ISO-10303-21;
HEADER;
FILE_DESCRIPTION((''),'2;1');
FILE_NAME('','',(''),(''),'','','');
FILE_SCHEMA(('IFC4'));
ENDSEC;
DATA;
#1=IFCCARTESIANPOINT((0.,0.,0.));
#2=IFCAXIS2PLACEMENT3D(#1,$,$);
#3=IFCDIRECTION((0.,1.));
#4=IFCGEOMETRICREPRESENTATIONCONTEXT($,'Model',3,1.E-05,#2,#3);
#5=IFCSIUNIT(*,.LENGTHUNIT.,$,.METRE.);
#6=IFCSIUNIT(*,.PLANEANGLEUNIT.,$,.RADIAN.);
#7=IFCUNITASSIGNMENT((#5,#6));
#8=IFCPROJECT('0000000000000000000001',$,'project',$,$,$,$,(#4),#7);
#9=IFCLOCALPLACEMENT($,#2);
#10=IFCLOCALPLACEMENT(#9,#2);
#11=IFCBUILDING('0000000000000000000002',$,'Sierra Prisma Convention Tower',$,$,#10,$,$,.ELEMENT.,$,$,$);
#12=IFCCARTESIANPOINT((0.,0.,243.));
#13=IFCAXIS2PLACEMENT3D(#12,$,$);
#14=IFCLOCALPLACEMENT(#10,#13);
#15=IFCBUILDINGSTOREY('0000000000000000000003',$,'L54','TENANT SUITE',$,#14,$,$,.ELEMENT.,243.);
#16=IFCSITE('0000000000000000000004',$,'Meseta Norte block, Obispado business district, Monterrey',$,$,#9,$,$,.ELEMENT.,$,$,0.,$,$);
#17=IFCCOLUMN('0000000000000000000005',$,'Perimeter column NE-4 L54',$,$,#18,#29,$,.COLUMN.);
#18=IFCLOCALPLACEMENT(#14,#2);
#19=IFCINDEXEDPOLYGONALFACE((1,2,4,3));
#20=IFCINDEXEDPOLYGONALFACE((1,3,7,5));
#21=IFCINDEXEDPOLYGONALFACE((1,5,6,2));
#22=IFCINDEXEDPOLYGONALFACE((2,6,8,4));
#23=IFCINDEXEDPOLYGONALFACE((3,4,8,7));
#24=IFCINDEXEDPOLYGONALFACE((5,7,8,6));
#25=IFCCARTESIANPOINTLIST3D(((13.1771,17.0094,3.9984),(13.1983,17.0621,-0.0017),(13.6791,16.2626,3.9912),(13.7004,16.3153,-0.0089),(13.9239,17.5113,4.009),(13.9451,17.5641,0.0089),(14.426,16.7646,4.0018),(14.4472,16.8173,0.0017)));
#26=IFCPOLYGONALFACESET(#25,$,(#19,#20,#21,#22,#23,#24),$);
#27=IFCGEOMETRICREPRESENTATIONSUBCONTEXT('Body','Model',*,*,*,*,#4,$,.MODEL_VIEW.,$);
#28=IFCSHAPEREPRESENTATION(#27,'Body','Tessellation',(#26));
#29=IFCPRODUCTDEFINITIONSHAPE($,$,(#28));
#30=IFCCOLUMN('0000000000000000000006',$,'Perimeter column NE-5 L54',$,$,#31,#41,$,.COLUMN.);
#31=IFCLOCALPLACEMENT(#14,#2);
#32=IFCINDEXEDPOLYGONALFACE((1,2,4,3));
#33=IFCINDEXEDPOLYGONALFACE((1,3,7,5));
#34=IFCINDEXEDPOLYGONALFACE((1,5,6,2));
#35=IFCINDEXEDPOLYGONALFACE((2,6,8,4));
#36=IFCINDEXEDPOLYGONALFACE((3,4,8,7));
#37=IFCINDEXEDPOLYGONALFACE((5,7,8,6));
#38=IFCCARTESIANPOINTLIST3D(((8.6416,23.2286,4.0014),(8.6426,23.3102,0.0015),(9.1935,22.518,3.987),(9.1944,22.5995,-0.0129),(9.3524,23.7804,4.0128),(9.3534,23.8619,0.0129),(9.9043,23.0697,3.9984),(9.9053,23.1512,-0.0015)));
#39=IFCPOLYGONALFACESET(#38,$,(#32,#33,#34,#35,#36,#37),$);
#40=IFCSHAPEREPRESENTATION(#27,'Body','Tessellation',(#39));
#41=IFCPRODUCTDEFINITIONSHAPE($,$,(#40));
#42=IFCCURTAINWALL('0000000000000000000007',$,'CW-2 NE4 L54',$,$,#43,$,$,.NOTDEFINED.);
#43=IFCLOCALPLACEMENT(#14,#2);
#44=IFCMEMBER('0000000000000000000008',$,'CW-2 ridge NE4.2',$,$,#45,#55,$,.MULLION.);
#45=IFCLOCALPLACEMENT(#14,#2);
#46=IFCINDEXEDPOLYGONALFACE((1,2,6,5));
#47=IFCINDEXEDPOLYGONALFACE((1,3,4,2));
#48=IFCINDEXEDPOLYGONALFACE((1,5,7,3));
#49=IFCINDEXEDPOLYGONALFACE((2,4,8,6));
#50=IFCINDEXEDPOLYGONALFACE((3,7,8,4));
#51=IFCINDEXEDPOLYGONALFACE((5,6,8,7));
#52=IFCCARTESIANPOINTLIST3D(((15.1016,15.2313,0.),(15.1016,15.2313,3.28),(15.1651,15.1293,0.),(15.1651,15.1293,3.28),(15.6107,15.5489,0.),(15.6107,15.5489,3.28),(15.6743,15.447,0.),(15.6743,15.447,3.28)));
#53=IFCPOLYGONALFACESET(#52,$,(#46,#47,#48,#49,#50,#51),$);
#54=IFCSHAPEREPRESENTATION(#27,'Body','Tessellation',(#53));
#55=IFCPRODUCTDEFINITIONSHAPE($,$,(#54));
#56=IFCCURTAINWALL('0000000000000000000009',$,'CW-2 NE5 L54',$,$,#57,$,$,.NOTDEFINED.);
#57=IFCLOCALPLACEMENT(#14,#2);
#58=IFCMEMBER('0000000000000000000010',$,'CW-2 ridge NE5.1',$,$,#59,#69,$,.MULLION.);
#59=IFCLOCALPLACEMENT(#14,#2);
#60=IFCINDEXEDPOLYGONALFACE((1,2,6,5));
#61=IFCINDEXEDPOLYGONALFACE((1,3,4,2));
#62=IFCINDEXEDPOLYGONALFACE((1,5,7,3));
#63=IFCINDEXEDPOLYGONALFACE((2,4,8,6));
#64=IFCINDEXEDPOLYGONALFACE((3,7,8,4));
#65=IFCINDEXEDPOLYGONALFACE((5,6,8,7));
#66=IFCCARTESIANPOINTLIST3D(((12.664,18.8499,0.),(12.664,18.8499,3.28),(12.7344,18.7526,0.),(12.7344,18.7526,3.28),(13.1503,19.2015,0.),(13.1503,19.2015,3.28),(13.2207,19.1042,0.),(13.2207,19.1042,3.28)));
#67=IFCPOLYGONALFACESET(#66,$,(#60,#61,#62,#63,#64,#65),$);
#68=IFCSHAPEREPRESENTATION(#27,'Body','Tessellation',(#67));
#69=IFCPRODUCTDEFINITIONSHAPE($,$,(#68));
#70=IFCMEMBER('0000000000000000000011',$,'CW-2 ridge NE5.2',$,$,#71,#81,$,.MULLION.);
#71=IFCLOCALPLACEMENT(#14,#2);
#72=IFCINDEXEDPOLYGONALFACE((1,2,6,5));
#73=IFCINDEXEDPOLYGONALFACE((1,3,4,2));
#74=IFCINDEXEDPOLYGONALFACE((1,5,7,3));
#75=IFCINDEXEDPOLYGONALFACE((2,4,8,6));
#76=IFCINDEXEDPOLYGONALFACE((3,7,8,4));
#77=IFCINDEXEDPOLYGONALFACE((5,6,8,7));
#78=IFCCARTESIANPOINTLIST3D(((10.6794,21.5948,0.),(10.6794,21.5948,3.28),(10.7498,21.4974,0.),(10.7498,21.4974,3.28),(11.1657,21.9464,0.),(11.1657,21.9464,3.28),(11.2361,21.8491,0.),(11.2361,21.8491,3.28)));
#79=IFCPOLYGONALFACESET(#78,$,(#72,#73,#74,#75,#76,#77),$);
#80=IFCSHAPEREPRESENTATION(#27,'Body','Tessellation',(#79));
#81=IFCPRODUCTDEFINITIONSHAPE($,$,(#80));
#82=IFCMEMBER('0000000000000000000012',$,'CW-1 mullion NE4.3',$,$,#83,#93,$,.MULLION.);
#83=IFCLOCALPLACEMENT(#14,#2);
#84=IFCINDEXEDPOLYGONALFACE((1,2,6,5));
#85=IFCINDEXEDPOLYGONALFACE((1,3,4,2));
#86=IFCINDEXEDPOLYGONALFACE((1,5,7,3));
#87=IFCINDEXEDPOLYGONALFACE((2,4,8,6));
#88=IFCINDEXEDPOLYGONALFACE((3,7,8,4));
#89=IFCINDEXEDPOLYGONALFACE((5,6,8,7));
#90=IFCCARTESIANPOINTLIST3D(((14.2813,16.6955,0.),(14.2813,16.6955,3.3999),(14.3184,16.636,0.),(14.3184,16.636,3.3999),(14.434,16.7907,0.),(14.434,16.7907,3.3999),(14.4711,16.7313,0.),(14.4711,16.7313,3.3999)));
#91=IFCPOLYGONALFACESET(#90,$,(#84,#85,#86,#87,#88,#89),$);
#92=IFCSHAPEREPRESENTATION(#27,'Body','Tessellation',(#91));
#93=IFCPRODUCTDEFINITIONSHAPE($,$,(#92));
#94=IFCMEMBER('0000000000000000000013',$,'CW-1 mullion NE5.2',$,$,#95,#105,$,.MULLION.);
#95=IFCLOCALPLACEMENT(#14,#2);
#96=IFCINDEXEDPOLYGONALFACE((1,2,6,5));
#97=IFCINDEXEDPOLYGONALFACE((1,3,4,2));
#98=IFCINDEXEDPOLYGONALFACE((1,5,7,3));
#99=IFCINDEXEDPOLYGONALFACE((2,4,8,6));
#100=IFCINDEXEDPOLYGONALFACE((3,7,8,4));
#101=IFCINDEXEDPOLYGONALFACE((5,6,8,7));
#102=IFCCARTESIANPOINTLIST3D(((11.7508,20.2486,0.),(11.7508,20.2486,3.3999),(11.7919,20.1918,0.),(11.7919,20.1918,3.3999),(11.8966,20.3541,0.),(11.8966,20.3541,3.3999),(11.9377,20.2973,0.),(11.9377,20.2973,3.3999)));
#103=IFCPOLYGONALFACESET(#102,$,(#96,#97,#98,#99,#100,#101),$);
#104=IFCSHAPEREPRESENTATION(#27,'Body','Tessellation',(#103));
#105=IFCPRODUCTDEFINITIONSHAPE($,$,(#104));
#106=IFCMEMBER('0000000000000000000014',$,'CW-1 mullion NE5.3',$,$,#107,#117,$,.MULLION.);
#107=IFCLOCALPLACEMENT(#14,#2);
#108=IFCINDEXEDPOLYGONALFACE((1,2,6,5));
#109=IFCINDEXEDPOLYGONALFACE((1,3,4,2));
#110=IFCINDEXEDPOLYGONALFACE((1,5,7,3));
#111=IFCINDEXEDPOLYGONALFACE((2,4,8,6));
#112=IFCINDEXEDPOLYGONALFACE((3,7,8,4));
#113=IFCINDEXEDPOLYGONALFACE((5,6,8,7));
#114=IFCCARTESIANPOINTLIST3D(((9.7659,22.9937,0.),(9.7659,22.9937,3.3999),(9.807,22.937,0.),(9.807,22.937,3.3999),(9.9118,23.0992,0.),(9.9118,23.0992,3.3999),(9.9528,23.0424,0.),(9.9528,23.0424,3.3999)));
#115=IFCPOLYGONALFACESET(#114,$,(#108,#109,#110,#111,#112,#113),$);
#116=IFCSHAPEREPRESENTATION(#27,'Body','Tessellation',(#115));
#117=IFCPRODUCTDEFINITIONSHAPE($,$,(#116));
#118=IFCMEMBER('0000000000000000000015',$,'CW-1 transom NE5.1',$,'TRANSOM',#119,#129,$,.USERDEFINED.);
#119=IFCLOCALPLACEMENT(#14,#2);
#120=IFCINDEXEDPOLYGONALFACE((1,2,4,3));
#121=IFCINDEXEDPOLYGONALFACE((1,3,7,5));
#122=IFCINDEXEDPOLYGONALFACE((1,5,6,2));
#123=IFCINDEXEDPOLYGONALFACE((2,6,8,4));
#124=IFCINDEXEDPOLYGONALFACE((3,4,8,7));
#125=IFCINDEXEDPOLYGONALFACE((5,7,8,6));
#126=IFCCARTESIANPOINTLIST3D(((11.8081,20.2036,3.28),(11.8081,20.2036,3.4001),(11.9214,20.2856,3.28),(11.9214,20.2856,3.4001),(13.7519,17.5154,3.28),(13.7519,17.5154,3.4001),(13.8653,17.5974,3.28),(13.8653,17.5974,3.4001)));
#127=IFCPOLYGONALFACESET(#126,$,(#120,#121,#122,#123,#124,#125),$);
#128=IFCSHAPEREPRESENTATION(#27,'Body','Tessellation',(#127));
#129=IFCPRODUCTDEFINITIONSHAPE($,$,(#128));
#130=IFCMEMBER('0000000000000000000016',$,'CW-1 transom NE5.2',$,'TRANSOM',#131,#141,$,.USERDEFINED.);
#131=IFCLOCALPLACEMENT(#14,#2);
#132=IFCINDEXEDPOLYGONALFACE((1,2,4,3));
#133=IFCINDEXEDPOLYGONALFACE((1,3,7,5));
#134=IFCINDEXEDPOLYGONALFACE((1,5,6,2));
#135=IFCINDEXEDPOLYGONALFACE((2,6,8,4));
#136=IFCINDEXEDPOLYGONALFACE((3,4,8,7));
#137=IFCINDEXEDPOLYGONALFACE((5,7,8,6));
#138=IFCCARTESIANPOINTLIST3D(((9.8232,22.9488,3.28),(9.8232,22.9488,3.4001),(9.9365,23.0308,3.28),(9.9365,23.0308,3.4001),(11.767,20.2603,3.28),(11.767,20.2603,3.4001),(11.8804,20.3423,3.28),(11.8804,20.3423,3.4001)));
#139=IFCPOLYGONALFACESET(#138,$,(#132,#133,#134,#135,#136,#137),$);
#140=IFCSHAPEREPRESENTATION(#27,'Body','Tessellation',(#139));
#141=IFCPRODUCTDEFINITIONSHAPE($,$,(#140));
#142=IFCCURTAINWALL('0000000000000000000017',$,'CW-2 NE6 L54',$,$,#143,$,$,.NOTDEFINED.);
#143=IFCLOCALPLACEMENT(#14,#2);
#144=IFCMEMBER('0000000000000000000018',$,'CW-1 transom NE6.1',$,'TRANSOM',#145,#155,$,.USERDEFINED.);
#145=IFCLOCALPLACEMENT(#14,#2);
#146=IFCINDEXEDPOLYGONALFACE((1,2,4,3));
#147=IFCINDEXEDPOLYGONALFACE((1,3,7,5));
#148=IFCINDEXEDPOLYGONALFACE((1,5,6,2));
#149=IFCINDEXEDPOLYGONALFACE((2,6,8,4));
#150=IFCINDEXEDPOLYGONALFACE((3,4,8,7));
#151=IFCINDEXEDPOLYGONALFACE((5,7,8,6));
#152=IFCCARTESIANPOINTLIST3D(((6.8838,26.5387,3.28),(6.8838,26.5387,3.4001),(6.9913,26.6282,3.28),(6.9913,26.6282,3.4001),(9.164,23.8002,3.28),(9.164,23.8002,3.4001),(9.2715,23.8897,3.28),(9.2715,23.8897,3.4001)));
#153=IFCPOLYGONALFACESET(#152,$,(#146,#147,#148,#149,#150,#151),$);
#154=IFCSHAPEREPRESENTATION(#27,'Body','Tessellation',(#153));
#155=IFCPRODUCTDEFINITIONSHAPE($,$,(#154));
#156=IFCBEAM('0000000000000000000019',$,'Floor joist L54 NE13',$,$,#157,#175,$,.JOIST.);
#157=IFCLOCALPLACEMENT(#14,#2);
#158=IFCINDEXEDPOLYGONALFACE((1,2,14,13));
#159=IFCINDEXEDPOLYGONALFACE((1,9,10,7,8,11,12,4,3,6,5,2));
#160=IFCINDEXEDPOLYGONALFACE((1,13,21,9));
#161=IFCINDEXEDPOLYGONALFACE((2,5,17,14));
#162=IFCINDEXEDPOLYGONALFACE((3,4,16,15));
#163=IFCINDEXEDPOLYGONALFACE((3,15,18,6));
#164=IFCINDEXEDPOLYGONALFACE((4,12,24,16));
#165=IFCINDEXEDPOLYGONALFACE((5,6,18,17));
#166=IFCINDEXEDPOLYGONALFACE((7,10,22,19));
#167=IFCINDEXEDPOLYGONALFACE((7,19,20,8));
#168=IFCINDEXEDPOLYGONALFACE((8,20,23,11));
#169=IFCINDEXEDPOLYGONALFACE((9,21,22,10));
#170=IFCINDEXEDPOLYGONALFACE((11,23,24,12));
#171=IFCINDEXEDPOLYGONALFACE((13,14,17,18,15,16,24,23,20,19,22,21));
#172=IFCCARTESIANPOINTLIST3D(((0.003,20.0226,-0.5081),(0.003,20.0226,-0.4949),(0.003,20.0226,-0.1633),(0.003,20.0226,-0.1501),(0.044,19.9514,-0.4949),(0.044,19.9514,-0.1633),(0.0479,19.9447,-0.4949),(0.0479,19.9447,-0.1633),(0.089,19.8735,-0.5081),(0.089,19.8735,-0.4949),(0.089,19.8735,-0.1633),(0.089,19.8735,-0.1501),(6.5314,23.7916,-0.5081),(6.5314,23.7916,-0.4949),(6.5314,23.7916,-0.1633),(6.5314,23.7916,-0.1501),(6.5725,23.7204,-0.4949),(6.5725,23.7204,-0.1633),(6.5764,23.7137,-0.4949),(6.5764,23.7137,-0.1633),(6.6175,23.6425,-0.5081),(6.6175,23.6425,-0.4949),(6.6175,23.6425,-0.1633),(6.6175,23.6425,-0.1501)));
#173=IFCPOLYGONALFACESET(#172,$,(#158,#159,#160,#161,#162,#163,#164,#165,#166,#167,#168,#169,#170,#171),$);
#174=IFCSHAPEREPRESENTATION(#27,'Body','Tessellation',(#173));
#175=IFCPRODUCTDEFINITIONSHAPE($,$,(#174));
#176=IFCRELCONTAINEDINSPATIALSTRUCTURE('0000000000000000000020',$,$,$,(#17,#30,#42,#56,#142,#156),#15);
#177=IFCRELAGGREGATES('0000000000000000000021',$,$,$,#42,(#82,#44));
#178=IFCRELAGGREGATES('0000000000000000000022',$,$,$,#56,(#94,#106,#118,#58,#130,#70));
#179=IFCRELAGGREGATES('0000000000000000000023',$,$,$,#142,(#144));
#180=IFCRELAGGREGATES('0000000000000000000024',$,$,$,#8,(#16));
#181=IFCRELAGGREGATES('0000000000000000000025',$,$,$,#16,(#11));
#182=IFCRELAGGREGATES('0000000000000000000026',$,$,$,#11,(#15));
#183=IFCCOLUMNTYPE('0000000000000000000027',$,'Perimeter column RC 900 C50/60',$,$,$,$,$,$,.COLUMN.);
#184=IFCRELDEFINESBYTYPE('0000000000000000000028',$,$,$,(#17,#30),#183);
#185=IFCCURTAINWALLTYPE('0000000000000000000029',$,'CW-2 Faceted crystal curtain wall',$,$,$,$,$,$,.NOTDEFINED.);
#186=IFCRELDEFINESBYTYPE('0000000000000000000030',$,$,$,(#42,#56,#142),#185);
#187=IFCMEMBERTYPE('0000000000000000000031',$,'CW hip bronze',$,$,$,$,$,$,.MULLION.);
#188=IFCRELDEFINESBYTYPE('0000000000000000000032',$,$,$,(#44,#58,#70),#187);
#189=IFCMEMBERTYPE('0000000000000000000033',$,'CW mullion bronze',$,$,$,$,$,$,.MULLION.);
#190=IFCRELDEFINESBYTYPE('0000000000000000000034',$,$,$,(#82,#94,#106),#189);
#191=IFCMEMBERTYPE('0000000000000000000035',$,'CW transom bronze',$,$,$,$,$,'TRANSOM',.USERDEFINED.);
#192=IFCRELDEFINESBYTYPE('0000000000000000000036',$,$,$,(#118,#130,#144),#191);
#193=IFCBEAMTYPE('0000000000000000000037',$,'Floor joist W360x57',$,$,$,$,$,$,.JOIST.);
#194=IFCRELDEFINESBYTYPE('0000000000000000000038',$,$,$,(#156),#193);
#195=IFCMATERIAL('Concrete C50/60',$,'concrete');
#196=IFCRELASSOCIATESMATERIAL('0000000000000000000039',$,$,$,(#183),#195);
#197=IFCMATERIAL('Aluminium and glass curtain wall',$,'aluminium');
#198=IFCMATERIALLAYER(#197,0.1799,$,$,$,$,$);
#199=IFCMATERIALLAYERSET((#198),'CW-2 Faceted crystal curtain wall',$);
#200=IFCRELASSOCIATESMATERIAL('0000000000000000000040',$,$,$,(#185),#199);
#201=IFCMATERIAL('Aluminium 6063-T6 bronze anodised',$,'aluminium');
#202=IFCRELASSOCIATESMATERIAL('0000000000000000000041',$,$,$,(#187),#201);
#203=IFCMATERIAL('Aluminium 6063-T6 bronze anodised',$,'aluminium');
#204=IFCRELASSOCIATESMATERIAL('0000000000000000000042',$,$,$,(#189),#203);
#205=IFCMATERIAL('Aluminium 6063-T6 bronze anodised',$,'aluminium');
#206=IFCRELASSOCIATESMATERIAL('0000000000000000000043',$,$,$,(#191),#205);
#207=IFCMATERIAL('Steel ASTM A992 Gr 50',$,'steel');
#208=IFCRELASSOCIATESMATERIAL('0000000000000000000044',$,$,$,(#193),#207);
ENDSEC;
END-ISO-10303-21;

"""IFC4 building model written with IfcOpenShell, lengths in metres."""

from ifc_helpers import new_model, si_unit, direction, frame, origin, origin_2d, place, context, subcontext, project, spatial, rectangle, i_section, extrude, material, layer, layer_set, material_profile, profile_set, type_object, element, aggregate, save


model = new_model("IFC4")

# Units and contexts
model_context = context("Model", 3, precision=1e-05, world=origin(), true_north=direction((0.0, 1.0)))
body_context = subcontext(model_context, "Body", "Model", "MODEL_VIEW")
ifc_project = project(units=[si_unit("LENGTHUNIT", "METRE"), si_unit("PLANEANGLEUNIT", "RADIAN")], contexts=[model_context])

# Site, building, storey
site_placement = place(None, origin())
site = spatial("IfcSite", under=ifc_project, at=site_placement, Name="Meseta Norte block, Obispado business district, Monterrey", CompositionType="ELEMENT", RefElevation=0.0)
building_placement = place(site_placement, origin())
building = spatial("IfcBuilding", under=site, at=building_placement, Name="Sierra Prisma Convention Tower", CompositionType="ELEMENT")
storey_placement = place(building_placement, frame((0.0, 0.0, 243.0)))
storey = spatial("IfcBuildingStorey", under=building, at=storey_placement, Name="L54", Description="TENANT SUITE", CompositionType="ELEMENT", Elevation=243.0)

# Columns
ifc_material_1 = material(Name="Concrete C50/60", Category="concrete")
ifc_material_profile_1 = material_profile(ifc_material_1, rectangle(XDim=0.8999, YDim=0.8999, at=origin_2d()), Name="Perimeter column RC 900 C50/60")
ifc_profile_set_1 = profile_set([ifc_material_profile_1], Name="Concrete C50/60")
column_type = type_object("IfcColumnType", Name="Perimeter column RC 900 C50/60", PredefinedType="COLUMN", material=ifc_profile_set_1)
column_1_placement = place(storey_placement, frame((13.8228, 16.9397, 0.0), z_axis=(-0.00531, -0.013182, 0.999899), x_axis=(-0.55792, 0.829857, 0.007978)))
element("IfcColumn", 1, at=column_1_placement, inside=storey, type_object=column_type, Name="Perimeter column NE-4 L54", PredefinedType="COLUMN", context=body_context, shape_type="SweptSolid", body=[
    extrude(rectangle(XDim=0.8999, YDim=0.8999, at=origin_2d()), origin(), (0.0, 0.0, 1.0), 4.0005),
])
column_2_placement = place(storey_placement, frame((9.2739, 23.2307, 0.0), z_axis=(-0.000244, -0.020382, 0.999792), x_axis=(-0.613253, 0.789725, 0.015949)))
element("IfcColumn", 2, at=column_2_placement, inside=storey, type_object=column_type, Name="Perimeter column NE-5 L54", PredefinedType="COLUMN", context=body_context, shape_type="SweptSolid", body=[
    extrude(rectangle(XDim=0.8999, YDim=0.8999, at=origin_2d()), origin(), (0.0, 0.0, 1.0), 4.0007),
])

# Curtain wall, member
ifc_material_2 = material(Name="Aluminium and glass curtain wall", Category="aluminium")
ifc_layer_1 = layer(ifc_material_2, 0.1799)
ifc_layer_set_1 = layer_set([ifc_layer_1], Name="CW-2 Faceted crystal curtain wall")
curtain_wall_type = type_object("IfcCurtainWallType", Name="CW-2 Faceted crystal curtain wall", PredefinedType="NOTDEFINED", material=ifc_layer_set_1)
curtain_wall_1_placement = place(storey_placement, origin())
curtain_wall_1 = element("IfcCurtainWall", 3, at=curtain_wall_1_placement, inside=storey, type_object=curtain_wall_type, Name="CW-2 NE4 L54", PredefinedType="NOTDEFINED")
ifc_material_3 = material(Name="Aluminium 6063-T6 bronze anodised", Category="aluminium")
ifc_material_profile_2 = material_profile(ifc_material_3, rectangle(XDim=0.1201, YDim=0.6001, at=origin_2d()), Name="ALU RIDGE BLADE 120x600")
ifc_profile_set_2 = profile_set([ifc_material_profile_2], Name="Aluminium 6063-T6 bronze anodised")
member_type_1 = type_object("IfcMemberType", Name="CW hip bronze", PredefinedType="MULLION", material=ifc_profile_set_2)
member_1_placement = place(storey_placement, frame((15.3879, 15.3391, 0.0), z_axis=(0.0, 0.0, 1.0), x_axis=(-0.529272, 0.848452, 0.0)))
member_1 = element("IfcMember", 4, at=member_1_placement, type_object=member_type_1, Name="CW-2 ridge NE4.2", PredefinedType="MULLION", context=body_context, shape_type="SweptSolid", body=[
    extrude(rectangle(XDim=0.1201, YDim=0.6001, at=origin_2d()), origin(), (0.0, 0.0, 1.0), 3.28),
])

# Curtain wall, members
curtain_wall_2_placement = place(storey_placement, origin())
curtain_wall_2 = element("IfcCurtainWall", 5, at=curtain_wall_2_placement, inside=storey, type_object=curtain_wall_type, Name="CW-2 NE5 L54", PredefinedType="NOTDEFINED")
member_2_placement = place(storey_placement, frame((12.9424, 18.9771, 0.0), z_axis=(0.0, 0.0, 1.0), x_axis=(-0.585932, 0.81036, 0.0)))
member_2 = element("IfcMember", 6, at=member_2_placement, type_object=member_type_1, Name="CW-2 ridge NE5.1", PredefinedType="MULLION", context=body_context, shape_type="SweptSolid", body=[
    extrude(rectangle(XDim=0.1201, YDim=0.6001, at=origin_2d()), origin(), (0.0, 0.0, 1.0), 3.28),
])
member_3_placement = place(storey_placement, frame((10.9578, 21.7219, 0.0), z_axis=(0.0, 0.0, 1.0), x_axis=(-0.585932, 0.81036, 0.0)))
member_3 = element("IfcMember", 7, at=member_3_placement, type_object=member_type_1, Name="CW-2 ridge NE5.2", PredefinedType="MULLION", context=body_context, shape_type="SweptSolid", body=[
    extrude(rectangle(XDim=0.1201, YDim=0.6001, at=origin_2d()), origin(), (0.0, 0.0, 1.0), 3.28),
])

# Members
ifc_material_4 = material(Name="Aluminium 6063-T6 bronze anodised", Category="aluminium")
ifc_material_profile_3 = material_profile(ifc_material_4, rectangle(XDim=0.1799, YDim=0.0701, at=origin_2d()), Name="ALU MULLION 70x180")
ifc_profile_set_3 = profile_set([ifc_material_profile_3], Name="Aluminium 6063-T6 bronze anodised")
member_type_2 = type_object("IfcMemberType", Name="CW mullion bronze", PredefinedType="MULLION", material=ifc_profile_set_3)
member_4_placement = place(storey_placement, frame((14.3762, 16.7134, 0.0), z_axis=(0.0, 0.0, 1.0), x_axis=(-0.848452, -0.529272, 0.0)))
member_4 = element("IfcMember", 8, at=member_4_placement, type_object=member_type_2, Name="CW-1 mullion NE4.3", PredefinedType="MULLION", context=body_context, shape_type="SweptSolid", body=[
    extrude(rectangle(XDim=0.1799, YDim=0.0701, at=origin_2d()), origin(), (0.0, 0.0, 1.0), 3.3999),
])
member_5_placement = place(storey_placement, frame((11.8442, 20.2729, 0.0), z_axis=(0.0, 0.0, 1.0), x_axis=(-0.81036, -0.585932, 0.0)))
member_5 = element("IfcMember", 9, at=member_5_placement, type_object=member_type_2, Name="CW-1 mullion NE5.2", PredefinedType="MULLION", context=body_context, shape_type="SweptSolid", body=[
    extrude(rectangle(XDim=0.1799, YDim=0.0701, at=origin_2d()), origin(), (0.0, 0.0, 1.0), 3.3999),
])
member_6_placement = place(storey_placement, frame((9.8594, 23.0181, 0.0), z_axis=(0.0, 0.0, 1.0), x_axis=(-0.81036, -0.585932, 0.0)))
member_6 = element("IfcMember", 10, at=member_6_placement, type_object=member_type_2, Name="CW-1 mullion NE5.3", PredefinedType="MULLION", context=body_context, shape_type="SweptSolid", body=[
    extrude(rectangle(XDim=0.1799, YDim=0.0701, at=origin_2d()), origin(), (0.0, 0.0, 1.0), 3.3999),
])
ifc_material_5 = material(Name="Aluminium 6063-T6 bronze anodised", Category="aluminium")
ifc_material_profile_4 = material_profile(ifc_material_5, rectangle(XDim=0.1399, YDim=0.1201, at=origin_2d()), Name="ALU TRANSOM 120x140")
ifc_profile_set_4 = profile_set([ifc_material_profile_4], Name="Aluminium 6063-T6 bronze anodised")
member_type_3 = type_object("IfcMemberType", Name="CW transom bronze", ElementType="TRANSOM", PredefinedType="USERDEFINED", material=ifc_profile_set_4)
member_7_placement = place(storey_placement, frame((13.8086, 17.5564, 3.3401), z_axis=(-0.585955, 0.810343, 0.0), x_axis=(-0.810343, -0.585955, 0.0)))
member_7 = element("IfcMember", 11, at=member_7_placement, type_object=member_type_3, Name="CW-1 transom NE5.1", ObjectType="TRANSOM", PredefinedType="USERDEFINED", context=body_context, shape_type="SweptSolid", body=[
    extrude(rectangle(XDim=0.1399, YDim=0.1201, at=origin_2d()), origin(), (0.0, 0.0, 1.0), 3.3174),
])
member_8_placement = place(storey_placement, frame((11.8237, 20.3013, 3.3401), z_axis=(-0.58592, 0.810369, 0.0), x_axis=(-0.810369, -0.58592, 0.0)))
member_8 = element("IfcMember", 12, at=member_8_placement, type_object=member_type_3, Name="CW-1 transom NE5.2", ObjectType="TRANSOM", PredefinedType="USERDEFINED", context=body_context, shape_type="SweptSolid", body=[
    extrude(rectangle(XDim=0.1399, YDim=0.1201, at=origin_2d()), origin(), (0.0, 0.0, 1.0), 3.3176),
])

# Curtain wall, member
curtain_wall_3_placement = place(storey_placement, origin())
curtain_wall_3 = element("IfcCurtainWall", 13, at=curtain_wall_3_placement, inside=storey, type_object=curtain_wall_type, Name="CW-2 NE6 L54", PredefinedType="NOTDEFINED")
member_9_placement = place(storey_placement, frame((9.2178, 23.845, 3.3401), z_axis=(-0.639881, 0.768474, 0.0), x_axis=(-0.768474, -0.639881, 0.0)))
member_9 = element("IfcMember", 14, at=member_9_placement, type_object=member_type_3, Name="CW-1 transom NE6.1", ObjectType="TRANSOM", PredefinedType="USERDEFINED", context=body_context, shape_type="SweptSolid", body=[
    extrude(rectangle(XDim=0.1399, YDim=0.1201, at=origin_2d()), origin(), (0.0, 0.0, 1.0), 3.5635),
])

# Beam
ifc_material_6 = material(Name="Steel ASTM A992 Gr 50", Category="steel")
ifc_material_profile_5 = material_profile(ifc_material_6, i_section(OverallWidth=0.1721, OverallDepth=0.3579, WebThickness=0.0078, FlangeThickness=0.0132, at=origin_2d()), Name="W360x57")
ifc_profile_set_5 = profile_set([ifc_material_profile_5], Name="Steel ASTM A992 Gr 50")
beam_type_1 = type_object("IfcBeamType", Name="Floor joist W360x57", PredefinedType="JOIST", material=ifc_profile_set_5)
beam_1_placement = place(storey_placement, frame((6.5745, 23.717, -0.3291), z_axis=(-0.866038, -0.499978, 0.0), x_axis=(0.499978, -0.866038, 0.0)))
element("IfcBeam", 15, at=beam_1_placement, inside=storey, type_object=beam_type_1, Name="Floor joist L54 NE13", PredefinedType="JOIST", context=body_context, shape_type="SweptSolid", body=[
    extrude(i_section(OverallWidth=0.1721, OverallDepth=0.3579, WebThickness=0.0078, FlangeThickness=0.0132, at=origin_2d()), origin(), (0.0, 0.0, 1.0), 7.5383),
])

aggregate(curtain_wall_1, [member_4, member_1])
aggregate(curtain_wall_2, [member_5, member_6, member_7, member_2, member_8, member_3])
aggregate(curtain_wall_3, [member_9])

save(model, "model.ifc")
